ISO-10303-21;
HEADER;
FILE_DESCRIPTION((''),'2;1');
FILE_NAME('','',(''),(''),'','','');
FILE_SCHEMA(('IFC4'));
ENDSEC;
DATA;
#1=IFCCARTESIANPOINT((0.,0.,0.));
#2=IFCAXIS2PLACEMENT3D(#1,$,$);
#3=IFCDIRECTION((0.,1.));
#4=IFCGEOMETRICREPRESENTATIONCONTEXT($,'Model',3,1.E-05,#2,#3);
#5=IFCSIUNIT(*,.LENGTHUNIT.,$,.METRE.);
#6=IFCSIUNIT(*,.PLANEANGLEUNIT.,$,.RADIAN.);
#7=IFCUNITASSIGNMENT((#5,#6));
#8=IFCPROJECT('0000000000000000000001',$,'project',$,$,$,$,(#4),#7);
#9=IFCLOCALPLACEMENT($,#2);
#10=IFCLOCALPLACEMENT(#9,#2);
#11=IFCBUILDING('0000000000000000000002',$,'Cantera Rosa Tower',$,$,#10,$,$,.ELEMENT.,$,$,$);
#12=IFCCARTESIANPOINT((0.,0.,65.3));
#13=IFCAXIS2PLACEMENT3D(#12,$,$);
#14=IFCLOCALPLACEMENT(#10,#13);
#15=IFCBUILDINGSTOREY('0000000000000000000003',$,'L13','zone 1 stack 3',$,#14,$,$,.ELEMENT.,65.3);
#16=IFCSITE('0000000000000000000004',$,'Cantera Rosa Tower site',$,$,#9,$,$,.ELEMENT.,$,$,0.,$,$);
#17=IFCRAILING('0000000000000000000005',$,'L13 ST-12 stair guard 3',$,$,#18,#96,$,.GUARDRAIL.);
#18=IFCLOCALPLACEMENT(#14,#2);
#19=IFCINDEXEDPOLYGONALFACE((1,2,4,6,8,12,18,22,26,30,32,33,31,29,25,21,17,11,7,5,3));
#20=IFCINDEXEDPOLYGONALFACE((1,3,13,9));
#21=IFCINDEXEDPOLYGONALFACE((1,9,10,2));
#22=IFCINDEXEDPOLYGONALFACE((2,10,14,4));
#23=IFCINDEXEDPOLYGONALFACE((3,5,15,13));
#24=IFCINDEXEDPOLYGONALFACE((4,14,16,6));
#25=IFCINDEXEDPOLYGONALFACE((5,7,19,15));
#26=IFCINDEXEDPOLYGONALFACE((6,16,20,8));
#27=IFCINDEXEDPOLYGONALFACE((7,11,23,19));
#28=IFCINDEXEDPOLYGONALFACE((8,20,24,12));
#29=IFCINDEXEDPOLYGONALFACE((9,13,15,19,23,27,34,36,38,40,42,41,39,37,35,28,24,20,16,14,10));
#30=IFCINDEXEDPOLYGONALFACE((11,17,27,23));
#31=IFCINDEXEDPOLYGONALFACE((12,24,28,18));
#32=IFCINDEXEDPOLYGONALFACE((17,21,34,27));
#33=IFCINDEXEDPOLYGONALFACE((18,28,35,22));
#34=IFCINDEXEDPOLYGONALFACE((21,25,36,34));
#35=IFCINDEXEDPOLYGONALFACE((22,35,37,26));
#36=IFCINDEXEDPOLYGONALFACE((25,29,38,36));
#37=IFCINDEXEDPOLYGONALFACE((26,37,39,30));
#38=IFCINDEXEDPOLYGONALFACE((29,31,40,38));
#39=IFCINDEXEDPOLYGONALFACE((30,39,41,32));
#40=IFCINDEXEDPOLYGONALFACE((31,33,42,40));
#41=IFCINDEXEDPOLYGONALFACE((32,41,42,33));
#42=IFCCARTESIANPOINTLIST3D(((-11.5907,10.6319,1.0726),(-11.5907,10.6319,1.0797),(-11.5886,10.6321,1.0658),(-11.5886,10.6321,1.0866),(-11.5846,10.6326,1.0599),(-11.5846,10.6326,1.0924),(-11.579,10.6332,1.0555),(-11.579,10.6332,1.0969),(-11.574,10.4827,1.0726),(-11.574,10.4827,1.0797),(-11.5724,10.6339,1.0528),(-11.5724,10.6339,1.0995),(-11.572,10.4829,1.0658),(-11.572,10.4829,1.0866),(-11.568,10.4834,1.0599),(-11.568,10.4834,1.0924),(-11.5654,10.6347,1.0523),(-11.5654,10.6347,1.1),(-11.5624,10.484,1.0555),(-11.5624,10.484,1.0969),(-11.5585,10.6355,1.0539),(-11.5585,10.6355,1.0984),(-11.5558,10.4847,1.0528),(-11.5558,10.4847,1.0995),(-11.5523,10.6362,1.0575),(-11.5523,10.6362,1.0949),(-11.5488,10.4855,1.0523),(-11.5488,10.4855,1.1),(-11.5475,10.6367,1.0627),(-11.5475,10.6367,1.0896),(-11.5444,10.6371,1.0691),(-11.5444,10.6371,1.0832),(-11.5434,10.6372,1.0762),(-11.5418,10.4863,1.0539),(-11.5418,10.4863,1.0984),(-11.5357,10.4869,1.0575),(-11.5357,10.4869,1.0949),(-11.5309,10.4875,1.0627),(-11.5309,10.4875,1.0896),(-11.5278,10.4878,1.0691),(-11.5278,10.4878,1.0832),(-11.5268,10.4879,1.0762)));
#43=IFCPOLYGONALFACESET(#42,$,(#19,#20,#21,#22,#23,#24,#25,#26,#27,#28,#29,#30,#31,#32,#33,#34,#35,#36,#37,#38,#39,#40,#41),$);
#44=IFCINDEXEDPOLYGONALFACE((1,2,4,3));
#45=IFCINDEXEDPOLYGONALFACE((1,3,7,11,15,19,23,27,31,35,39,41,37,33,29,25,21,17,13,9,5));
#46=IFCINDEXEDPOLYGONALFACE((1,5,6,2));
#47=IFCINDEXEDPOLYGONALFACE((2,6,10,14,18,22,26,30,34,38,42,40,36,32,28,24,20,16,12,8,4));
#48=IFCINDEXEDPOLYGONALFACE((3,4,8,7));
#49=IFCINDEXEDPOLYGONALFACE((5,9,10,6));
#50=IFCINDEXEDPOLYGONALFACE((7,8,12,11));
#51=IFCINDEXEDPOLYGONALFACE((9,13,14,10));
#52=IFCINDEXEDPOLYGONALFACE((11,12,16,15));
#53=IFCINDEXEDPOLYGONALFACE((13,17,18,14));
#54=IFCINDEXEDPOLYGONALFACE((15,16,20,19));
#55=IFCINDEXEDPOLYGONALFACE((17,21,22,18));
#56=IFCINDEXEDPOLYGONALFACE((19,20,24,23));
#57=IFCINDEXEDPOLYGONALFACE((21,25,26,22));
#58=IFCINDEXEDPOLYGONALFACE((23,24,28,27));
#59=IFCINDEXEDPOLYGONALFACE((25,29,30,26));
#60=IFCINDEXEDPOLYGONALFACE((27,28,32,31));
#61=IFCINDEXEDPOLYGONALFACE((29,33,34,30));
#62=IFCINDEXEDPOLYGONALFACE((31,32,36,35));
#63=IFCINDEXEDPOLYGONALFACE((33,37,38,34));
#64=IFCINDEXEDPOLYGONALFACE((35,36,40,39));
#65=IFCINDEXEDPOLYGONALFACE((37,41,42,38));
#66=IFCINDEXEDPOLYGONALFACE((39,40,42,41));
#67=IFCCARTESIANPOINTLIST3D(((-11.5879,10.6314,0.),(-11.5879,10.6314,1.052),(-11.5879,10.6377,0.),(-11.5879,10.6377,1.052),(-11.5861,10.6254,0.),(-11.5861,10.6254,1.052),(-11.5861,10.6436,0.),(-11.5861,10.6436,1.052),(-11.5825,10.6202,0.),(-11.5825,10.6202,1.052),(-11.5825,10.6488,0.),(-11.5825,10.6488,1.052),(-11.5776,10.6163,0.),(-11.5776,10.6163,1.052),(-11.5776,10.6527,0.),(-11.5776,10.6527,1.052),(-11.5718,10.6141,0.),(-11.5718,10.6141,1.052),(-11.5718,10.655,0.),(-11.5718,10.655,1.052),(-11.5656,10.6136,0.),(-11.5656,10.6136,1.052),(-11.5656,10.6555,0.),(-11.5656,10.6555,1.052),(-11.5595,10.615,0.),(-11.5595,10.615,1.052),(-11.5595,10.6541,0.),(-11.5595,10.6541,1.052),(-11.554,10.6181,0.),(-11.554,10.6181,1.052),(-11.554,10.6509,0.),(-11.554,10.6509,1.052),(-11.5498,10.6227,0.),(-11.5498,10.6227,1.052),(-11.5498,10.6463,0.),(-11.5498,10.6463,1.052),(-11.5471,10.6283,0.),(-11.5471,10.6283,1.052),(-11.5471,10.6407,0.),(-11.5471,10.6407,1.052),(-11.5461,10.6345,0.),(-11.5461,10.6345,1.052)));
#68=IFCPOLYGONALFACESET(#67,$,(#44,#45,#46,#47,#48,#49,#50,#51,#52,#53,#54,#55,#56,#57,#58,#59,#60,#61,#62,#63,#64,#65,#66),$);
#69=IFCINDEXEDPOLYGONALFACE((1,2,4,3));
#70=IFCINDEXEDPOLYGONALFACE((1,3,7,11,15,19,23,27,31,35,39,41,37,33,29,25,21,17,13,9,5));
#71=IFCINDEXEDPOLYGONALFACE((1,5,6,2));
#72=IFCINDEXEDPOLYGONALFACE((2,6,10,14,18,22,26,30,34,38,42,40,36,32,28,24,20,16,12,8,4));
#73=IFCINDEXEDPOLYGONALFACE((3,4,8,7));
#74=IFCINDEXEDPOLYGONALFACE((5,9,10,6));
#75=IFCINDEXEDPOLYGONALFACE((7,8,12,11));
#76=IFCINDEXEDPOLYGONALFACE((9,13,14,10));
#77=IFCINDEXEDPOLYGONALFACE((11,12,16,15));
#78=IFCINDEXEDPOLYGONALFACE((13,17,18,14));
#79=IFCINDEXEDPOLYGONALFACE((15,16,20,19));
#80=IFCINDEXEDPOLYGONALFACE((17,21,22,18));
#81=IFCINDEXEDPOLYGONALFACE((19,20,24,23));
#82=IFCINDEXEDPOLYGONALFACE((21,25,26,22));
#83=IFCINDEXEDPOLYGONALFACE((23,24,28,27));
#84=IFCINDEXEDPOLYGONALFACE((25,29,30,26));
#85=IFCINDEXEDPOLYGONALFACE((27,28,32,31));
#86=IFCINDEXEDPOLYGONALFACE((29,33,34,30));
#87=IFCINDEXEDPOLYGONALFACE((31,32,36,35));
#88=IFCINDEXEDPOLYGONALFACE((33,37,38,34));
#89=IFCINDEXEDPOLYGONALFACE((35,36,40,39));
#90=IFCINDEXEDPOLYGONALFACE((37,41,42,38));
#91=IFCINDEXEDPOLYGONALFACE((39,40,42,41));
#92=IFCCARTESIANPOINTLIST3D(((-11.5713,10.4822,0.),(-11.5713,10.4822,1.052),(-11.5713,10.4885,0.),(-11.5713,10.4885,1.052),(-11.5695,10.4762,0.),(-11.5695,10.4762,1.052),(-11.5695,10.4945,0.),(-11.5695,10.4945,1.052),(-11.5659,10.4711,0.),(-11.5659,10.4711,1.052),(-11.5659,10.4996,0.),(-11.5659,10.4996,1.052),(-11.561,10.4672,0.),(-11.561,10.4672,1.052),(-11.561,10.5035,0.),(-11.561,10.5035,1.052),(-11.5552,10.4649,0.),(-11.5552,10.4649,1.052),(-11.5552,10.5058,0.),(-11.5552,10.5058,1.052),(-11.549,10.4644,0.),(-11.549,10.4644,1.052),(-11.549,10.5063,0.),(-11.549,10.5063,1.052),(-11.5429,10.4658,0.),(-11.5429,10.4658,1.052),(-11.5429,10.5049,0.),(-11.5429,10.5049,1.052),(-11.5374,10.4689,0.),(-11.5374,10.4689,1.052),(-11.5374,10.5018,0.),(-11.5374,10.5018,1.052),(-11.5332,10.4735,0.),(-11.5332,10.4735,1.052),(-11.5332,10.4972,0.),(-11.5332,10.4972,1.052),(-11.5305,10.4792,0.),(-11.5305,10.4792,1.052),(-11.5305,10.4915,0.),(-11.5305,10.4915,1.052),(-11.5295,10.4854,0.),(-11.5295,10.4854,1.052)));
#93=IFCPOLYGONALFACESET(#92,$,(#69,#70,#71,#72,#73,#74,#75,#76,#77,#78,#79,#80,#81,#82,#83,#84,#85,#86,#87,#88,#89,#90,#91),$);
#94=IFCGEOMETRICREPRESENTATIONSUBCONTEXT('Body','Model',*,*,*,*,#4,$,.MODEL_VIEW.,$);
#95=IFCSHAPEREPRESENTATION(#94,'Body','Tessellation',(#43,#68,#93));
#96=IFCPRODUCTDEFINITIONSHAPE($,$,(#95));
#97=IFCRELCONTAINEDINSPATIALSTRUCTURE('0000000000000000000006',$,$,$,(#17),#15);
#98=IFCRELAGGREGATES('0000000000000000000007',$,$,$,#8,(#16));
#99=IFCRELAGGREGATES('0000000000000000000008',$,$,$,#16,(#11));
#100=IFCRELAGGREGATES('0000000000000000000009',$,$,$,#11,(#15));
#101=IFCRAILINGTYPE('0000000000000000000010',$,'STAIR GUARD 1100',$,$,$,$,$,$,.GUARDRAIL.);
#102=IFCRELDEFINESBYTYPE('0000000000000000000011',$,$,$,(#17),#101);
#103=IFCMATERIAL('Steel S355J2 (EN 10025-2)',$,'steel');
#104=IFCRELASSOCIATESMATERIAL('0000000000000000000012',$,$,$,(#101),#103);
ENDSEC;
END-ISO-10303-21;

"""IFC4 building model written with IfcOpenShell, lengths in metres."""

from ifc_helpers import new_model, si_unit, direction, frame, origin, origin_2d, place, context, subcontext, project, spatial, circle, extrude, material, type_object, element, save


model = new_model("IFC4")

# Units and contexts
model_context = context("Model", 3, precision=1e-05, world=origin(), true_north=direction((0.0, 1.0)))
body_context = subcontext(model_context, "Body", "Model", "MODEL_VIEW")
ifc_project = project(units=[si_unit("LENGTHUNIT", "METRE"), si_unit("PLANEANGLEUNIT", "RADIAN")], contexts=[model_context])

# Site, building, storey
site_placement = place(None, origin())
site = spatial("IfcSite", under=ifc_project, at=site_placement, Name="Cantera Rosa Tower site", CompositionType="ELEMENT", RefElevation=0.0)
building_placement = place(site_placement, origin())
building = spatial("IfcBuilding", under=site, at=building_placement, Name="Cantera Rosa Tower", CompositionType="ELEMENT")
storey_placement = place(building_placement, frame((0.0, 0.0, 65.3)))
storey = spatial("IfcBuildingStorey", under=building, at=storey_placement, Name="L13", Description="zone 1 stack 3", CompositionType="ELEMENT", Elevation=65.3)

# Railing
ifc_material_1 = material(Name="Steel S355J2 (EN 10025-2)", Category="steel")
railing_type_1 = type_object("IfcRailingType", Name="STAIR GUARD 1100", PredefinedType="GUARDRAIL", material=ifc_material_1)
railing_1_placement = place(storey_placement, frame((-11.5671, 10.6345, 0.0)))
element("IfcRailing", 1, at=railing_1_placement, inside=storey, type_object=railing_type_1, Name="L13 ST-12 stair guard 3", PredefinedType="GUARDRAIL", context=body_context, shape_type="SweptSolid", body=[
    extrude(circle(Radius=0.0239, at=origin_2d()), frame((0.0, 0.0, 1.0762), z_axis=(0.11061, -0.993864, 0.0), x_axis=(0.993864, 0.11061, 0.0)), (0.0, 0.0, 1.0), 0.1501),
    extrude(circle(Radius=0.021, at=origin_2d()), origin(), (0.0, 0.0, 1.0), 1.052),
    extrude(circle(Radius=0.021, at=origin_2d()), frame((0.0166, -0.1492, 0.0)), (0.0, 0.0, 1.0), 1.052),
])

save(model, "model.ifc")
